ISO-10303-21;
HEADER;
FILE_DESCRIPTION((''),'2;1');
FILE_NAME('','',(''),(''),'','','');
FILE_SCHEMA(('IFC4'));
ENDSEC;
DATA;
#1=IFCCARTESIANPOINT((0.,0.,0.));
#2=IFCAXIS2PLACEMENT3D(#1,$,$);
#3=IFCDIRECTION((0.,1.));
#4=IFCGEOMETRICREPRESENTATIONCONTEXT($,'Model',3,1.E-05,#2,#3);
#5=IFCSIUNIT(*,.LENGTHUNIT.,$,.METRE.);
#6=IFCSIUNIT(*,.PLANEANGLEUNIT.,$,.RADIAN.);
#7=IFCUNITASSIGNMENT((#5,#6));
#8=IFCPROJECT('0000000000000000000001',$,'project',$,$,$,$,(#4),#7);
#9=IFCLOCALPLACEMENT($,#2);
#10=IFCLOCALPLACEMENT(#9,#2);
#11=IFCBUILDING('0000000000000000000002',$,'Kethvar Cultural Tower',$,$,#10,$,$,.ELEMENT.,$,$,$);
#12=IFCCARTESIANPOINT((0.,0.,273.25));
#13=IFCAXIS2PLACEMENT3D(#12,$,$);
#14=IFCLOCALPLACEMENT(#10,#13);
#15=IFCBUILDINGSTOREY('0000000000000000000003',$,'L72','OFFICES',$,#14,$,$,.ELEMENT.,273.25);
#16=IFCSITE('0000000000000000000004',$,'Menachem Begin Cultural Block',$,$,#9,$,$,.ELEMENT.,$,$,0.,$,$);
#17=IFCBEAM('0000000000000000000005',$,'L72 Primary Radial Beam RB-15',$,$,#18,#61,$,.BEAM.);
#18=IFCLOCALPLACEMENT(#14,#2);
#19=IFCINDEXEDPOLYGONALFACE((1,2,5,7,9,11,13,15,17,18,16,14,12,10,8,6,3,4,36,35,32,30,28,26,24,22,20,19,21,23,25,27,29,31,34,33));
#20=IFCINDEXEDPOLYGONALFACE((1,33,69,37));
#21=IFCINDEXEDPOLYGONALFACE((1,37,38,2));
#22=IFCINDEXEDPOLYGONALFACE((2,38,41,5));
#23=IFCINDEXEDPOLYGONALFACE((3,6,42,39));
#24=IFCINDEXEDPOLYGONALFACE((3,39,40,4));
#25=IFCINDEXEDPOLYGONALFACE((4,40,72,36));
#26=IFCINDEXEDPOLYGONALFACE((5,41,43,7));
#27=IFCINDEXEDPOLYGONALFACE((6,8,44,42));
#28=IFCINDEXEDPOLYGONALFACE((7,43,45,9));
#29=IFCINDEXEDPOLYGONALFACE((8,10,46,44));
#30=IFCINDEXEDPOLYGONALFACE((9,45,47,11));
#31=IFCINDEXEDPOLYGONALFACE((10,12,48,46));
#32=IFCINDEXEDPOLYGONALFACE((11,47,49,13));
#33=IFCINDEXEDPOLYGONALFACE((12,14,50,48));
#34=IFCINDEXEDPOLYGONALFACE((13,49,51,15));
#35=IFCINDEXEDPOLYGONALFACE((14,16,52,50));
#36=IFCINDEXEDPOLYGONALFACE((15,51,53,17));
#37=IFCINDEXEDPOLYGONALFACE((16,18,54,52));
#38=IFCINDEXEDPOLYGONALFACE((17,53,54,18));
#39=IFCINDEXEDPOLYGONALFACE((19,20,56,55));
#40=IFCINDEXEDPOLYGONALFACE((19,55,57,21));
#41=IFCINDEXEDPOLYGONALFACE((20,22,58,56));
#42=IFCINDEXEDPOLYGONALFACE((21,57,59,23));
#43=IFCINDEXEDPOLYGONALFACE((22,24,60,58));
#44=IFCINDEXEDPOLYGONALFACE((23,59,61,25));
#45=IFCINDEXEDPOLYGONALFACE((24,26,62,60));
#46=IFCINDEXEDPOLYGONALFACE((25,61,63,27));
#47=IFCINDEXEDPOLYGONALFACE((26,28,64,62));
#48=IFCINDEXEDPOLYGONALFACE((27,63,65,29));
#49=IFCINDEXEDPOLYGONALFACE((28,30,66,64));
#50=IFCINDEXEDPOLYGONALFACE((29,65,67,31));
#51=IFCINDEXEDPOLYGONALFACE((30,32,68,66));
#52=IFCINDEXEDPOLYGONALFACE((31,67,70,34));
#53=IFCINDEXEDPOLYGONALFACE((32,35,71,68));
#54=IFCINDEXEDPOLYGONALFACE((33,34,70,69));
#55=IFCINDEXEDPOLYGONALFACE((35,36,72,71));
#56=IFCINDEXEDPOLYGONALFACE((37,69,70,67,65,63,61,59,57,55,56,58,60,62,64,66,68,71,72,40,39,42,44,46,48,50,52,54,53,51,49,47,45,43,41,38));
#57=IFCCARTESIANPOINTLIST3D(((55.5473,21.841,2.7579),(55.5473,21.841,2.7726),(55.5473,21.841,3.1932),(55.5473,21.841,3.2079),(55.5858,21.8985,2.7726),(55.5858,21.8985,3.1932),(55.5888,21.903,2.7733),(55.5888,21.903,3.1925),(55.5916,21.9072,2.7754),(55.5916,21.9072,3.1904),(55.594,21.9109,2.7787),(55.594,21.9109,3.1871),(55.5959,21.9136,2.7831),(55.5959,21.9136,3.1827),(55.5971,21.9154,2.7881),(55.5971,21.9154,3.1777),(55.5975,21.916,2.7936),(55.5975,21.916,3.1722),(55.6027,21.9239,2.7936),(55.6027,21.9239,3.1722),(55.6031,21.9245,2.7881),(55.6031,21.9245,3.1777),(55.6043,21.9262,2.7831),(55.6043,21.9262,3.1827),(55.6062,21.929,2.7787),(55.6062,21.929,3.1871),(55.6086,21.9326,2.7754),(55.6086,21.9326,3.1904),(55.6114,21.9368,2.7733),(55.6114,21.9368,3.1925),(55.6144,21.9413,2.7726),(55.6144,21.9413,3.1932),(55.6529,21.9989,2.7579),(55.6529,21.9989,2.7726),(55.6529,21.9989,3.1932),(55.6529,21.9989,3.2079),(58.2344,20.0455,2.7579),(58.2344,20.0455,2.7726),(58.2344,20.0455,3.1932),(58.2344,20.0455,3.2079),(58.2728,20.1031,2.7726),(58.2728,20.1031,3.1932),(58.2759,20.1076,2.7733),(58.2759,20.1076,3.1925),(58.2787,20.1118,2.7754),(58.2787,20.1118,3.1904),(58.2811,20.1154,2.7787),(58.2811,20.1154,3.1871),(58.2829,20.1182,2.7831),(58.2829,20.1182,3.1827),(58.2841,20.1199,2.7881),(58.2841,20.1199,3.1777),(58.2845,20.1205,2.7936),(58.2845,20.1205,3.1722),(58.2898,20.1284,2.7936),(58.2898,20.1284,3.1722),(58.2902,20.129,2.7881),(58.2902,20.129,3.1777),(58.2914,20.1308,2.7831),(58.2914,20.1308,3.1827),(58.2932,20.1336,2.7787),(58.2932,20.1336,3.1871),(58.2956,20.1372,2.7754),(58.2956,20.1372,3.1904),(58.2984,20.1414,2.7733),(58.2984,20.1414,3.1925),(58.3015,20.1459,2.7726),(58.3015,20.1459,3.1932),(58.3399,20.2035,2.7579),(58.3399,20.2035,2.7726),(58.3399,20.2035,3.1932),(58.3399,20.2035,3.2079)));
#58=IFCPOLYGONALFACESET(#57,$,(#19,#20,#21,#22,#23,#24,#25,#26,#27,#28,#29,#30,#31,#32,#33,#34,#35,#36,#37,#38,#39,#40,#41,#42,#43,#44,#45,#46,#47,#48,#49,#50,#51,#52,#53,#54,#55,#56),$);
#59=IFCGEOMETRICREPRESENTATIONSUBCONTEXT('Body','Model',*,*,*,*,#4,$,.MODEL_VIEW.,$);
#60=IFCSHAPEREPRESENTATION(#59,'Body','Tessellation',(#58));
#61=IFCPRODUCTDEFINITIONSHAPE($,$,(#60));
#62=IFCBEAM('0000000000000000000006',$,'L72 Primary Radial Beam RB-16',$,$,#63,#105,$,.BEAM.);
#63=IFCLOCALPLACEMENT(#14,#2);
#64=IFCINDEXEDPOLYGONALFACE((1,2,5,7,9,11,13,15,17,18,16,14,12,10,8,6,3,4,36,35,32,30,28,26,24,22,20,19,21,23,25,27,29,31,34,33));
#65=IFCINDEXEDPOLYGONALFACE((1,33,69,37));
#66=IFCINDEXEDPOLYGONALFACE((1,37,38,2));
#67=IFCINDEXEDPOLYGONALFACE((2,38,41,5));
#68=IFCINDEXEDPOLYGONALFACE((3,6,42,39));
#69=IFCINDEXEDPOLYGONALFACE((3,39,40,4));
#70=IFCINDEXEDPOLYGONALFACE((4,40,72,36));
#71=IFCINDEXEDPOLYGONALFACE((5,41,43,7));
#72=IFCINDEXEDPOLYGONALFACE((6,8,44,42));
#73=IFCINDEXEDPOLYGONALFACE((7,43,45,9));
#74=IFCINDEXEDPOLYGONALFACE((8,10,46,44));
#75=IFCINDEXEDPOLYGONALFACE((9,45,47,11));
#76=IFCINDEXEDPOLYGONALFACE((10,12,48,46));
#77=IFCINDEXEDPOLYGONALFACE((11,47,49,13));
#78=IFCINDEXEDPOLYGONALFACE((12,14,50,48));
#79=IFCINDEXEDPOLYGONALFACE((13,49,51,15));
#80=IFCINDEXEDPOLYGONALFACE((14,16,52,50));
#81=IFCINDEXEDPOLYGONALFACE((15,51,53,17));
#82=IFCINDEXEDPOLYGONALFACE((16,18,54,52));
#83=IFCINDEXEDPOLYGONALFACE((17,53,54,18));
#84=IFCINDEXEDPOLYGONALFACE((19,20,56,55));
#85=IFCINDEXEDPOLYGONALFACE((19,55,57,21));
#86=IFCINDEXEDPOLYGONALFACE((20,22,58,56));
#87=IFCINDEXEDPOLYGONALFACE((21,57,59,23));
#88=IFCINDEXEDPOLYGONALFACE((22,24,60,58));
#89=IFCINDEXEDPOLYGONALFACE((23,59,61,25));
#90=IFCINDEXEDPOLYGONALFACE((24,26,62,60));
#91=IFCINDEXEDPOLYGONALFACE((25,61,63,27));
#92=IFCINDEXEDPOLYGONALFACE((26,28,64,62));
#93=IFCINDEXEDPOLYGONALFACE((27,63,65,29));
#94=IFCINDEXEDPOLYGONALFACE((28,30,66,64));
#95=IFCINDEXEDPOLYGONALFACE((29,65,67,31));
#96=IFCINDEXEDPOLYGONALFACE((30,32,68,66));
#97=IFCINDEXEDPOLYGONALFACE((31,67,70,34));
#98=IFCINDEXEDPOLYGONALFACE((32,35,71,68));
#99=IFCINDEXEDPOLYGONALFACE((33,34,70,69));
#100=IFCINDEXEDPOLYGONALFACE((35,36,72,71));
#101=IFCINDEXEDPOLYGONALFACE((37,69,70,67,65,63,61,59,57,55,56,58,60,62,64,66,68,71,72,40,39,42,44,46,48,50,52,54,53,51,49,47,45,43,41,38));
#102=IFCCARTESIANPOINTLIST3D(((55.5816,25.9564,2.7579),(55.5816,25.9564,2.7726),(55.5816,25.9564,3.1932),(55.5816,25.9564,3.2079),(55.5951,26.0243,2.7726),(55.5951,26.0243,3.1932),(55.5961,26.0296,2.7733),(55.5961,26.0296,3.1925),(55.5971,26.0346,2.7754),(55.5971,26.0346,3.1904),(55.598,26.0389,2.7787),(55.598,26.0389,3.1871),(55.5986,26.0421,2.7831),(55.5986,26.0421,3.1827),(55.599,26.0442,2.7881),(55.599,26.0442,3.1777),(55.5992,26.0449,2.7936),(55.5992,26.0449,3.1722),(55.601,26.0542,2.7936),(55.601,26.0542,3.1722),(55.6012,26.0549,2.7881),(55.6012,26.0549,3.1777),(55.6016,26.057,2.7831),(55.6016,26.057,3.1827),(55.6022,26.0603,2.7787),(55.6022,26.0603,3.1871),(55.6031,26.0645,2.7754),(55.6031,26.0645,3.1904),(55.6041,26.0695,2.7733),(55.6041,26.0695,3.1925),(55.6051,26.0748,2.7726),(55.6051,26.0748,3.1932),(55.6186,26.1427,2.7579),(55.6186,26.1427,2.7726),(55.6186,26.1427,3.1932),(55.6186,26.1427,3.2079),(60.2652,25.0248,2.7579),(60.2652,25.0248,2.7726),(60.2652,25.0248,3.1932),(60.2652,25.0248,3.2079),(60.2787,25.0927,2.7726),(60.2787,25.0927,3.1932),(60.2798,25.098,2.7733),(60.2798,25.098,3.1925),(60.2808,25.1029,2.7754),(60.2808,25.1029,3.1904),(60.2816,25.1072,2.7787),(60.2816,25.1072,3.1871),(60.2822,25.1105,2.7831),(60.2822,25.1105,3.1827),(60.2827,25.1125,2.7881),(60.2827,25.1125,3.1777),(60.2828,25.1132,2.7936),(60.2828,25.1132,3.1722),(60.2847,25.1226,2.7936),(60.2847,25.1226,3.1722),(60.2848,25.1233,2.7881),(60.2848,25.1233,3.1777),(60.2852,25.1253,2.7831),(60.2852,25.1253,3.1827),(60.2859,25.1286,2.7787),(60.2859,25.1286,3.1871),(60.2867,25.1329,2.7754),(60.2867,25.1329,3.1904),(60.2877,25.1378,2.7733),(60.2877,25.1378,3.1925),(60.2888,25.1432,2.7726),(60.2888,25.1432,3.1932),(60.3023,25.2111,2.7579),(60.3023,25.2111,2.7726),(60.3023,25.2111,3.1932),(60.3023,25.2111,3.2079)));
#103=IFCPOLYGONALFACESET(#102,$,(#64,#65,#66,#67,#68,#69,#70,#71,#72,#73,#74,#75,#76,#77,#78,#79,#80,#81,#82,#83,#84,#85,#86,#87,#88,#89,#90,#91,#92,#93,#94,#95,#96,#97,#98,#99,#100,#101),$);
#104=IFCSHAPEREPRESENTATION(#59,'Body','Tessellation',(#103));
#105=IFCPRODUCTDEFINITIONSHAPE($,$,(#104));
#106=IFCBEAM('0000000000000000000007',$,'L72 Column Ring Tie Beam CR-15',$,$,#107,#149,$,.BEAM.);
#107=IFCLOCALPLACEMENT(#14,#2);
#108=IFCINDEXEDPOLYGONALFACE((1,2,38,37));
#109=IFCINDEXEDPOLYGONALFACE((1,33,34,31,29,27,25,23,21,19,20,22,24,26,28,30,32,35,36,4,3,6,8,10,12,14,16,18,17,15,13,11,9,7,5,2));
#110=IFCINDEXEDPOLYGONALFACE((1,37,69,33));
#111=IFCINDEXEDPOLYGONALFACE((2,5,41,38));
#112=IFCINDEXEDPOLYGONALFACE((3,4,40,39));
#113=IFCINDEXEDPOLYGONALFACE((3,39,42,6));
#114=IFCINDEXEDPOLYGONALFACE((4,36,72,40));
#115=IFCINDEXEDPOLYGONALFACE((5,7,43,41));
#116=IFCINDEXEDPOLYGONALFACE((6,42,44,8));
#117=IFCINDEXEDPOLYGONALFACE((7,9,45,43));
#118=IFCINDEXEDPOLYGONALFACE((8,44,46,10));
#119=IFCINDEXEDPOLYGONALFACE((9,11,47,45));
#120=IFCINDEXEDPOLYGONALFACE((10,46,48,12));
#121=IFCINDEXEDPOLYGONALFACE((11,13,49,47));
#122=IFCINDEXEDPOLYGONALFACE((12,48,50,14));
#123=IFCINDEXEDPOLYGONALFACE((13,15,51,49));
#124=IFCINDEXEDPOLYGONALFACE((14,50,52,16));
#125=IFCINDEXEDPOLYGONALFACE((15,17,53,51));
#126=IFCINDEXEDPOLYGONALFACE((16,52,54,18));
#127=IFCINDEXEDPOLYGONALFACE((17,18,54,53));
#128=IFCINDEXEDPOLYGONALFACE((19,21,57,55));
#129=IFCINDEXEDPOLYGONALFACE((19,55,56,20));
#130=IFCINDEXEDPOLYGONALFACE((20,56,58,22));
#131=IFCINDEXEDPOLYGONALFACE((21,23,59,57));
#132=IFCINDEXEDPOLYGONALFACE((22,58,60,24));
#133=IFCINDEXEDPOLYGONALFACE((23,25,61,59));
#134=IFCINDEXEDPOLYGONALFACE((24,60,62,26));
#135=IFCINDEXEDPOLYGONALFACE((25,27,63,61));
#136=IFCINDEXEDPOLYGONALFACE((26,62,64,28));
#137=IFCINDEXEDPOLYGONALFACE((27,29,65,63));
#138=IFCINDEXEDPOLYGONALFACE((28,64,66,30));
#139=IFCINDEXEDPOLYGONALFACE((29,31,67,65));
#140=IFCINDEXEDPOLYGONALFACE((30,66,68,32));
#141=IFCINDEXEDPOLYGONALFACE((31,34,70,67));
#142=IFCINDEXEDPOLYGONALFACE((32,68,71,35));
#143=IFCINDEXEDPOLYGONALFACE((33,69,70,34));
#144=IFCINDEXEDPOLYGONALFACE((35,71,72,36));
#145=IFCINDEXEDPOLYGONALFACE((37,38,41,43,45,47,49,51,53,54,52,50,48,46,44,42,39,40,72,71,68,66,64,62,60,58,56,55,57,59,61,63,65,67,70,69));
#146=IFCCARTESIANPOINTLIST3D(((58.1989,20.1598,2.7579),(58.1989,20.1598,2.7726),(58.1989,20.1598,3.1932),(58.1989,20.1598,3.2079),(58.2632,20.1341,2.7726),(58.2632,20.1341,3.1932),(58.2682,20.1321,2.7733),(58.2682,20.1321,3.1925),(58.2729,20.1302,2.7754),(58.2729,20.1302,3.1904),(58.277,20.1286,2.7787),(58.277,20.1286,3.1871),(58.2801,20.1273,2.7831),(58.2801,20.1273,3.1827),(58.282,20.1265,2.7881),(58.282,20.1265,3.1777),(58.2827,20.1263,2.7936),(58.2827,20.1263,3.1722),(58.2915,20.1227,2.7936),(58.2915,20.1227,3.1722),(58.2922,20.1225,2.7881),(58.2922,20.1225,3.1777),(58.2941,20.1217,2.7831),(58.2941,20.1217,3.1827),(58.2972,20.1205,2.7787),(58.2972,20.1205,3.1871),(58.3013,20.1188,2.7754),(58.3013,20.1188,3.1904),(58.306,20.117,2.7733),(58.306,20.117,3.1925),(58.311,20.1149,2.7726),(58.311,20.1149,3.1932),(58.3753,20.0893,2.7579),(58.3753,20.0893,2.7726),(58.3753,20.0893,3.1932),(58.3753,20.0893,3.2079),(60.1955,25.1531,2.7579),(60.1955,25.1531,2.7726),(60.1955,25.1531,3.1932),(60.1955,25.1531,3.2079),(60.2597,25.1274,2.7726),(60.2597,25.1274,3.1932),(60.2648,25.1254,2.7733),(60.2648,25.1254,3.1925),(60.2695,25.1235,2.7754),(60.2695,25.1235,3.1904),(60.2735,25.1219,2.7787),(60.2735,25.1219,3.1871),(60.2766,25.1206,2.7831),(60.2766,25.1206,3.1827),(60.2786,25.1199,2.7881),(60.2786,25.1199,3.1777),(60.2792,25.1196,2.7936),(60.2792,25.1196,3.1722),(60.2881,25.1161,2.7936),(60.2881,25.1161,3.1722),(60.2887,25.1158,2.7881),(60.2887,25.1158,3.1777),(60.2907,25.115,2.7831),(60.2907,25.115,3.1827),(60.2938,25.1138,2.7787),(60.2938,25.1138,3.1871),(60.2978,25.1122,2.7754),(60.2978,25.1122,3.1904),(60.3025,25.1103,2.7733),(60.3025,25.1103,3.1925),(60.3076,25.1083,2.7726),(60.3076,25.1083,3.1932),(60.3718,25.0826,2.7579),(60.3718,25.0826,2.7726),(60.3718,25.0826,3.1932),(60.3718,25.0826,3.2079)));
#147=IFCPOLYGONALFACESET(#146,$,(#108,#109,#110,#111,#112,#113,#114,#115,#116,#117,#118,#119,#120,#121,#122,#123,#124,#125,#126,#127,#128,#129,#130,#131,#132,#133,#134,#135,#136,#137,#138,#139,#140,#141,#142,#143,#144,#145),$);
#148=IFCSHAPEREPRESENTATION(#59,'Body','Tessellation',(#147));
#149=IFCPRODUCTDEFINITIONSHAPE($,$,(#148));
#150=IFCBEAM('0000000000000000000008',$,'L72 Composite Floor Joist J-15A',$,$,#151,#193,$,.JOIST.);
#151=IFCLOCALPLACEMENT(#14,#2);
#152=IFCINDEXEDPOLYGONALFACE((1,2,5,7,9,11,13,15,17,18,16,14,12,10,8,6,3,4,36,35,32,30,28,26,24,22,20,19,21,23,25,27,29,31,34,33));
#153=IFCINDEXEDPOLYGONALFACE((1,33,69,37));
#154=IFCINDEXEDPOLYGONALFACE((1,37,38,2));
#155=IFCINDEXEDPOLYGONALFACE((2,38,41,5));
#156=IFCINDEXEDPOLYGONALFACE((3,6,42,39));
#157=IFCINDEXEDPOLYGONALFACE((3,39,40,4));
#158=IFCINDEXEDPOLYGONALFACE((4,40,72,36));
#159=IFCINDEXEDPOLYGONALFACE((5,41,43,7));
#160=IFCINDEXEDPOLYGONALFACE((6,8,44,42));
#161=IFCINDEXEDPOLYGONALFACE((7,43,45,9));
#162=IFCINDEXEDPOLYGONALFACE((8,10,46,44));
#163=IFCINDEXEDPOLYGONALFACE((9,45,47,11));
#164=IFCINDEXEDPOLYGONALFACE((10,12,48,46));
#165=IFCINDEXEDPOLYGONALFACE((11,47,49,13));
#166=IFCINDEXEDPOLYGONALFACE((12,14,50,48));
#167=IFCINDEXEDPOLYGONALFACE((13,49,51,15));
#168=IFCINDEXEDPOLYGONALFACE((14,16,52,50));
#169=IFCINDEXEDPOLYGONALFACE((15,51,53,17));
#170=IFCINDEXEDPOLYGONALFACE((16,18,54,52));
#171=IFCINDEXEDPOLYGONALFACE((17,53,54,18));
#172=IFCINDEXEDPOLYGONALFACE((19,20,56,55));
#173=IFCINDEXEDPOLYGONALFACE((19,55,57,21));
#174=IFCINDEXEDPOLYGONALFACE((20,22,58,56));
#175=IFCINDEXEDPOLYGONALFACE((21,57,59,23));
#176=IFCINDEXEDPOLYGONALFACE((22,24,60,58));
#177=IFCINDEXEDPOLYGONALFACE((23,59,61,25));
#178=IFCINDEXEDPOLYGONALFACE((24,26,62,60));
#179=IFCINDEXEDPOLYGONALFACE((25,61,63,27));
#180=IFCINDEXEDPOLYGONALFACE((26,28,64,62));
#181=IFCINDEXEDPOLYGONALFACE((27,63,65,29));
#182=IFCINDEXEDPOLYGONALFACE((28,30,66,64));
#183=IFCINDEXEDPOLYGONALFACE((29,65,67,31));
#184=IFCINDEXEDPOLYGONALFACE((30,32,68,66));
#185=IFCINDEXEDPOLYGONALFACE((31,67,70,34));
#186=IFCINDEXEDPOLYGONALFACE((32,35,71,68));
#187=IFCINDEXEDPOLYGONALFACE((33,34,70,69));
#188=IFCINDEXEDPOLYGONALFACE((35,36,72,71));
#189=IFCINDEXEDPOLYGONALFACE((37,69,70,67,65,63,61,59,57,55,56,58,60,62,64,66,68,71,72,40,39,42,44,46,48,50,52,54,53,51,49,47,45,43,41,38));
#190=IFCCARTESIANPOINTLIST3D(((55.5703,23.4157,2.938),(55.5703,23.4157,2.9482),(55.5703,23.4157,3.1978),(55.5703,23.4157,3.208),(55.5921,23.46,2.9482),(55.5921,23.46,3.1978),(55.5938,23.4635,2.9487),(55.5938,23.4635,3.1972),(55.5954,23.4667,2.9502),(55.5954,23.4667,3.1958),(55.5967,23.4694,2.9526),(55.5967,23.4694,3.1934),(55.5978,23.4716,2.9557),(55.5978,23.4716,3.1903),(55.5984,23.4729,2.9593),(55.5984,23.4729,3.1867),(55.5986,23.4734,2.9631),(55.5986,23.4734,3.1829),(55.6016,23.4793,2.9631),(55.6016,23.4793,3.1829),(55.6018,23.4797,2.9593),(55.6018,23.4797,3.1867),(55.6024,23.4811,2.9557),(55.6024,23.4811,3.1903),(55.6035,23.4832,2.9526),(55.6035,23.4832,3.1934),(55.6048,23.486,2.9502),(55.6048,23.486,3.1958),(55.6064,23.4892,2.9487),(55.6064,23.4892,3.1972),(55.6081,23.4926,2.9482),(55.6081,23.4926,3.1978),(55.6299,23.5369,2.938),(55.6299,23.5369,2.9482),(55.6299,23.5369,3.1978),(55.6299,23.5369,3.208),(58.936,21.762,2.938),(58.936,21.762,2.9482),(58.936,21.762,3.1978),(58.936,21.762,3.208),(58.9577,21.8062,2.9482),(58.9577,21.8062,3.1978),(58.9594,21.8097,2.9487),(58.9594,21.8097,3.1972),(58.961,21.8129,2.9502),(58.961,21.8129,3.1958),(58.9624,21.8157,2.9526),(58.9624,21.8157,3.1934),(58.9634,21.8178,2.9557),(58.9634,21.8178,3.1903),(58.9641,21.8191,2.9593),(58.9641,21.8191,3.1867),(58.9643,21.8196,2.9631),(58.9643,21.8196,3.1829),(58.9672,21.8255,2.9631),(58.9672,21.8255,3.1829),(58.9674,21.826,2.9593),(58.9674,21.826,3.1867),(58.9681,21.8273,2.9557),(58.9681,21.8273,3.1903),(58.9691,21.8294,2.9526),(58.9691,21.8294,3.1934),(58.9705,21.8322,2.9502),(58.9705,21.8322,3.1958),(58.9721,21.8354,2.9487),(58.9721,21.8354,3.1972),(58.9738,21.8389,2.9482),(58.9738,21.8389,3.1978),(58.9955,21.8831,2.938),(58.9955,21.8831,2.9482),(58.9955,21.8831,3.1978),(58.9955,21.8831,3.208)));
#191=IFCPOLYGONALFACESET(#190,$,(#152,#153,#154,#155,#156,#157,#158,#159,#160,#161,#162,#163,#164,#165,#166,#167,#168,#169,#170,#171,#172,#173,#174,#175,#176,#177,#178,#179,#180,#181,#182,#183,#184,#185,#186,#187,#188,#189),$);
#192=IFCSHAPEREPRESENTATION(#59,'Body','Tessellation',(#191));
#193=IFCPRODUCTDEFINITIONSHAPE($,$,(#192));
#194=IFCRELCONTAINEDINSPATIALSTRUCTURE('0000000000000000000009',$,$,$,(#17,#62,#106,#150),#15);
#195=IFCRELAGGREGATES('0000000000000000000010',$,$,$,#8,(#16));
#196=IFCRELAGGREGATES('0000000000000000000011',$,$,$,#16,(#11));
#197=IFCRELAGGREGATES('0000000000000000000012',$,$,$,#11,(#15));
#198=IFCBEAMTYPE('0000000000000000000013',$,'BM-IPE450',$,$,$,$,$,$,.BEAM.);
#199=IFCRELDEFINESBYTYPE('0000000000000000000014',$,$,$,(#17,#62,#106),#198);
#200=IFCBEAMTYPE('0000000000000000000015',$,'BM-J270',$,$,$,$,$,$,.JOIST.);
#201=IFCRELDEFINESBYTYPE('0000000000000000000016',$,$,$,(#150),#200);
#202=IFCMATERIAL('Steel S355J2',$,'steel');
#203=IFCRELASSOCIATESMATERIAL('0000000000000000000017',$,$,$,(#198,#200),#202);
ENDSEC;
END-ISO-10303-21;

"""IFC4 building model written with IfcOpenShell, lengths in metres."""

from ifc_helpers import new_model, si_unit, direction, frame, origin, origin_2d, place, context, subcontext, project, spatial, i_section, extrude, source, transform, mapped, material, material_profile, profile_set, type_object, element, save


model = new_model("IFC4")

# Units and contexts
model_context = context("Model", 3, precision=1e-05, world=origin(), true_north=direction((0.0, 1.0)))
body_context = subcontext(model_context, "Body", "Model", "MODEL_VIEW")
ifc_project = project(units=[si_unit("LENGTHUNIT", "METRE"), si_unit("PLANEANGLEUNIT", "RADIAN")], contexts=[model_context])

# Site, building, storey
site_placement = place(None, origin())
site = spatial("IfcSite", under=ifc_project, at=site_placement, Name="Menachem Begin Cultural Block", CompositionType="ELEMENT", RefElevation=0.0)
building_placement = place(site_placement, origin())
building = spatial("IfcBuilding", under=site, at=building_placement, Name="Kethvar Cultural Tower", CompositionType="ELEMENT")
storey_placement = place(building_placement, frame((0.0, 0.0, 273.25)))
storey = spatial("IfcBuildingStorey", under=building, at=storey_placement, Name="L72", Description="OFFICES", CompositionType="ELEMENT", Elevation=273.25)

# Shared definitions
ifc_material_1 = material(Name="Steel S355J2", Category="steel")

# Beams
ifc_material_profile_1 = material_profile(ifc_material_1, i_section(OverallWidth=0.1899, OverallDepth=0.45, WebThickness=0.0095, FlangeThickness=0.0146, FilletRadius=0.021, at=origin_2d()), Name="Steel S355J2 — IPE450")
ifc_profile_set_1 = profile_set([ifc_material_profile_1], Name="Steel S355J2 — IPE450")
beam_type_1 = type_object("IfcBeamType", Name="BM-IPE450", PredefinedType="BEAM", material=ifc_profile_set_1)
shared_shape_1 = source(origin(), body_context, "Body", "SweptSolid", [
    extrude(i_section(OverallWidth=0.1899, OverallDepth=0.45, WebThickness=0.0095, FlangeThickness=0.0146, FilletRadius=0.021, at=origin_2d()), origin(), (0.0, 0.0, 1.0), 3.2317),
])
beam_1_placement = place(storey_placement, frame((55.6001, 21.9199, 2.9829), z_axis=(0.831469, -0.555572, 0.0), x_axis=(0.555572, 0.831469, 0.0)))
element("IfcBeam", 1, at=beam_1_placement, inside=storey, type_object=beam_type_1, Name="L72 Primary Radial Beam RB-15", PredefinedType="BEAM", context=body_context, shape_type="MappedRepresentation", body=[
    mapped(shared_shape_1, transform((0.0, 0.0, 0.0), scale=1.0)),
])
shared_shape_2 = source(origin(), body_context, "Body", "SweptSolid", [
    extrude(i_section(OverallWidth=0.1899, OverallDepth=0.45, WebThickness=0.0095, FlangeThickness=0.0146, FilletRadius=0.021, at=origin_2d()), origin(), (0.0, 0.0, 1.0), 4.7754),
])
beam_2_placement = place(storey_placement, frame((55.6001, 26.0496, 2.9829), z_axis=(0.980785, -0.195094, 0.0), x_axis=(0.195094, 0.980785, 0.0)))
element("IfcBeam", 2, at=beam_2_placement, inside=storey, type_object=beam_type_1, Name="L72 Primary Radial Beam RB-16", PredefinedType="BEAM", context=body_context, shape_type="MappedRepresentation", body=[
    mapped(shared_shape_2, transform((0.0, 0.0, 0.0), scale=1.0)),
])
shared_shape_3 = source(origin(), body_context, "Body", "SweptSolid", [
    extrude(i_section(OverallWidth=0.1899, OverallDepth=0.45, WebThickness=0.0095, FlangeThickness=0.0146, FilletRadius=0.021, at=origin_2d()), origin(), (0.0, 0.0, 1.0), 5.3777),
])
beam_3_placement = place(storey_placement, frame((58.2871, 20.1245, 2.9829), z_axis=(0.371265, 0.928527, 0.0), x_axis=(-0.928527, 0.371265, 0.0)))
element("IfcBeam", 3, at=beam_3_placement, inside=storey, type_object=beam_type_1, Name="L72 Column Ring Tie Beam CR-15", PredefinedType="BEAM", context=body_context, shape_type="MappedRepresentation", body=[
    mapped(shared_shape_3, transform((0.0, 0.0, 0.0), scale=1.0)),
])
ifc_material_profile_2 = material_profile(ifc_material_1, i_section(OverallWidth=0.135, OverallDepth=0.27, WebThickness=0.0066, FlangeThickness=0.0103, FilletRadius=0.0149, at=origin_2d()), Name="Steel S355J2 — IPE270")
ifc_profile_set_2 = profile_set([ifc_material_profile_2], Name="Steel S355J2 — IPE270")
beam_type_2 = type_object("IfcBeamType", Name="BM-J270", PredefinedType="JOIST", material=ifc_profile_set_2)
shared_shape_4 = source(origin(), body_context, "Body", "SweptSolid", [
    extrude(i_section(OverallWidth=0.135, OverallDepth=0.27, WebThickness=0.0066, FlangeThickness=0.0103, FilletRadius=0.0149, at=origin_2d()), origin(), (0.0, 0.0, 1.0), 3.75),
])
beam_4_placement = place(storey_placement, frame((55.6001, 23.4763, 3.073), z_axis=(0.897505, -0.441005, 0.0), x_axis=(0.441005, 0.897505, 0.0)))
element("IfcBeam", 4, at=beam_4_placement, inside=storey, type_object=beam_type_2, Name="L72 Composite Floor Joist J-15A", PredefinedType="JOIST", context=body_context, shape_type="MappedRepresentation", body=[
    mapped(shared_shape_4, transform((0.0, 0.0, 0.0), scale=1.0)),
])

save(model, "model.ifc")
